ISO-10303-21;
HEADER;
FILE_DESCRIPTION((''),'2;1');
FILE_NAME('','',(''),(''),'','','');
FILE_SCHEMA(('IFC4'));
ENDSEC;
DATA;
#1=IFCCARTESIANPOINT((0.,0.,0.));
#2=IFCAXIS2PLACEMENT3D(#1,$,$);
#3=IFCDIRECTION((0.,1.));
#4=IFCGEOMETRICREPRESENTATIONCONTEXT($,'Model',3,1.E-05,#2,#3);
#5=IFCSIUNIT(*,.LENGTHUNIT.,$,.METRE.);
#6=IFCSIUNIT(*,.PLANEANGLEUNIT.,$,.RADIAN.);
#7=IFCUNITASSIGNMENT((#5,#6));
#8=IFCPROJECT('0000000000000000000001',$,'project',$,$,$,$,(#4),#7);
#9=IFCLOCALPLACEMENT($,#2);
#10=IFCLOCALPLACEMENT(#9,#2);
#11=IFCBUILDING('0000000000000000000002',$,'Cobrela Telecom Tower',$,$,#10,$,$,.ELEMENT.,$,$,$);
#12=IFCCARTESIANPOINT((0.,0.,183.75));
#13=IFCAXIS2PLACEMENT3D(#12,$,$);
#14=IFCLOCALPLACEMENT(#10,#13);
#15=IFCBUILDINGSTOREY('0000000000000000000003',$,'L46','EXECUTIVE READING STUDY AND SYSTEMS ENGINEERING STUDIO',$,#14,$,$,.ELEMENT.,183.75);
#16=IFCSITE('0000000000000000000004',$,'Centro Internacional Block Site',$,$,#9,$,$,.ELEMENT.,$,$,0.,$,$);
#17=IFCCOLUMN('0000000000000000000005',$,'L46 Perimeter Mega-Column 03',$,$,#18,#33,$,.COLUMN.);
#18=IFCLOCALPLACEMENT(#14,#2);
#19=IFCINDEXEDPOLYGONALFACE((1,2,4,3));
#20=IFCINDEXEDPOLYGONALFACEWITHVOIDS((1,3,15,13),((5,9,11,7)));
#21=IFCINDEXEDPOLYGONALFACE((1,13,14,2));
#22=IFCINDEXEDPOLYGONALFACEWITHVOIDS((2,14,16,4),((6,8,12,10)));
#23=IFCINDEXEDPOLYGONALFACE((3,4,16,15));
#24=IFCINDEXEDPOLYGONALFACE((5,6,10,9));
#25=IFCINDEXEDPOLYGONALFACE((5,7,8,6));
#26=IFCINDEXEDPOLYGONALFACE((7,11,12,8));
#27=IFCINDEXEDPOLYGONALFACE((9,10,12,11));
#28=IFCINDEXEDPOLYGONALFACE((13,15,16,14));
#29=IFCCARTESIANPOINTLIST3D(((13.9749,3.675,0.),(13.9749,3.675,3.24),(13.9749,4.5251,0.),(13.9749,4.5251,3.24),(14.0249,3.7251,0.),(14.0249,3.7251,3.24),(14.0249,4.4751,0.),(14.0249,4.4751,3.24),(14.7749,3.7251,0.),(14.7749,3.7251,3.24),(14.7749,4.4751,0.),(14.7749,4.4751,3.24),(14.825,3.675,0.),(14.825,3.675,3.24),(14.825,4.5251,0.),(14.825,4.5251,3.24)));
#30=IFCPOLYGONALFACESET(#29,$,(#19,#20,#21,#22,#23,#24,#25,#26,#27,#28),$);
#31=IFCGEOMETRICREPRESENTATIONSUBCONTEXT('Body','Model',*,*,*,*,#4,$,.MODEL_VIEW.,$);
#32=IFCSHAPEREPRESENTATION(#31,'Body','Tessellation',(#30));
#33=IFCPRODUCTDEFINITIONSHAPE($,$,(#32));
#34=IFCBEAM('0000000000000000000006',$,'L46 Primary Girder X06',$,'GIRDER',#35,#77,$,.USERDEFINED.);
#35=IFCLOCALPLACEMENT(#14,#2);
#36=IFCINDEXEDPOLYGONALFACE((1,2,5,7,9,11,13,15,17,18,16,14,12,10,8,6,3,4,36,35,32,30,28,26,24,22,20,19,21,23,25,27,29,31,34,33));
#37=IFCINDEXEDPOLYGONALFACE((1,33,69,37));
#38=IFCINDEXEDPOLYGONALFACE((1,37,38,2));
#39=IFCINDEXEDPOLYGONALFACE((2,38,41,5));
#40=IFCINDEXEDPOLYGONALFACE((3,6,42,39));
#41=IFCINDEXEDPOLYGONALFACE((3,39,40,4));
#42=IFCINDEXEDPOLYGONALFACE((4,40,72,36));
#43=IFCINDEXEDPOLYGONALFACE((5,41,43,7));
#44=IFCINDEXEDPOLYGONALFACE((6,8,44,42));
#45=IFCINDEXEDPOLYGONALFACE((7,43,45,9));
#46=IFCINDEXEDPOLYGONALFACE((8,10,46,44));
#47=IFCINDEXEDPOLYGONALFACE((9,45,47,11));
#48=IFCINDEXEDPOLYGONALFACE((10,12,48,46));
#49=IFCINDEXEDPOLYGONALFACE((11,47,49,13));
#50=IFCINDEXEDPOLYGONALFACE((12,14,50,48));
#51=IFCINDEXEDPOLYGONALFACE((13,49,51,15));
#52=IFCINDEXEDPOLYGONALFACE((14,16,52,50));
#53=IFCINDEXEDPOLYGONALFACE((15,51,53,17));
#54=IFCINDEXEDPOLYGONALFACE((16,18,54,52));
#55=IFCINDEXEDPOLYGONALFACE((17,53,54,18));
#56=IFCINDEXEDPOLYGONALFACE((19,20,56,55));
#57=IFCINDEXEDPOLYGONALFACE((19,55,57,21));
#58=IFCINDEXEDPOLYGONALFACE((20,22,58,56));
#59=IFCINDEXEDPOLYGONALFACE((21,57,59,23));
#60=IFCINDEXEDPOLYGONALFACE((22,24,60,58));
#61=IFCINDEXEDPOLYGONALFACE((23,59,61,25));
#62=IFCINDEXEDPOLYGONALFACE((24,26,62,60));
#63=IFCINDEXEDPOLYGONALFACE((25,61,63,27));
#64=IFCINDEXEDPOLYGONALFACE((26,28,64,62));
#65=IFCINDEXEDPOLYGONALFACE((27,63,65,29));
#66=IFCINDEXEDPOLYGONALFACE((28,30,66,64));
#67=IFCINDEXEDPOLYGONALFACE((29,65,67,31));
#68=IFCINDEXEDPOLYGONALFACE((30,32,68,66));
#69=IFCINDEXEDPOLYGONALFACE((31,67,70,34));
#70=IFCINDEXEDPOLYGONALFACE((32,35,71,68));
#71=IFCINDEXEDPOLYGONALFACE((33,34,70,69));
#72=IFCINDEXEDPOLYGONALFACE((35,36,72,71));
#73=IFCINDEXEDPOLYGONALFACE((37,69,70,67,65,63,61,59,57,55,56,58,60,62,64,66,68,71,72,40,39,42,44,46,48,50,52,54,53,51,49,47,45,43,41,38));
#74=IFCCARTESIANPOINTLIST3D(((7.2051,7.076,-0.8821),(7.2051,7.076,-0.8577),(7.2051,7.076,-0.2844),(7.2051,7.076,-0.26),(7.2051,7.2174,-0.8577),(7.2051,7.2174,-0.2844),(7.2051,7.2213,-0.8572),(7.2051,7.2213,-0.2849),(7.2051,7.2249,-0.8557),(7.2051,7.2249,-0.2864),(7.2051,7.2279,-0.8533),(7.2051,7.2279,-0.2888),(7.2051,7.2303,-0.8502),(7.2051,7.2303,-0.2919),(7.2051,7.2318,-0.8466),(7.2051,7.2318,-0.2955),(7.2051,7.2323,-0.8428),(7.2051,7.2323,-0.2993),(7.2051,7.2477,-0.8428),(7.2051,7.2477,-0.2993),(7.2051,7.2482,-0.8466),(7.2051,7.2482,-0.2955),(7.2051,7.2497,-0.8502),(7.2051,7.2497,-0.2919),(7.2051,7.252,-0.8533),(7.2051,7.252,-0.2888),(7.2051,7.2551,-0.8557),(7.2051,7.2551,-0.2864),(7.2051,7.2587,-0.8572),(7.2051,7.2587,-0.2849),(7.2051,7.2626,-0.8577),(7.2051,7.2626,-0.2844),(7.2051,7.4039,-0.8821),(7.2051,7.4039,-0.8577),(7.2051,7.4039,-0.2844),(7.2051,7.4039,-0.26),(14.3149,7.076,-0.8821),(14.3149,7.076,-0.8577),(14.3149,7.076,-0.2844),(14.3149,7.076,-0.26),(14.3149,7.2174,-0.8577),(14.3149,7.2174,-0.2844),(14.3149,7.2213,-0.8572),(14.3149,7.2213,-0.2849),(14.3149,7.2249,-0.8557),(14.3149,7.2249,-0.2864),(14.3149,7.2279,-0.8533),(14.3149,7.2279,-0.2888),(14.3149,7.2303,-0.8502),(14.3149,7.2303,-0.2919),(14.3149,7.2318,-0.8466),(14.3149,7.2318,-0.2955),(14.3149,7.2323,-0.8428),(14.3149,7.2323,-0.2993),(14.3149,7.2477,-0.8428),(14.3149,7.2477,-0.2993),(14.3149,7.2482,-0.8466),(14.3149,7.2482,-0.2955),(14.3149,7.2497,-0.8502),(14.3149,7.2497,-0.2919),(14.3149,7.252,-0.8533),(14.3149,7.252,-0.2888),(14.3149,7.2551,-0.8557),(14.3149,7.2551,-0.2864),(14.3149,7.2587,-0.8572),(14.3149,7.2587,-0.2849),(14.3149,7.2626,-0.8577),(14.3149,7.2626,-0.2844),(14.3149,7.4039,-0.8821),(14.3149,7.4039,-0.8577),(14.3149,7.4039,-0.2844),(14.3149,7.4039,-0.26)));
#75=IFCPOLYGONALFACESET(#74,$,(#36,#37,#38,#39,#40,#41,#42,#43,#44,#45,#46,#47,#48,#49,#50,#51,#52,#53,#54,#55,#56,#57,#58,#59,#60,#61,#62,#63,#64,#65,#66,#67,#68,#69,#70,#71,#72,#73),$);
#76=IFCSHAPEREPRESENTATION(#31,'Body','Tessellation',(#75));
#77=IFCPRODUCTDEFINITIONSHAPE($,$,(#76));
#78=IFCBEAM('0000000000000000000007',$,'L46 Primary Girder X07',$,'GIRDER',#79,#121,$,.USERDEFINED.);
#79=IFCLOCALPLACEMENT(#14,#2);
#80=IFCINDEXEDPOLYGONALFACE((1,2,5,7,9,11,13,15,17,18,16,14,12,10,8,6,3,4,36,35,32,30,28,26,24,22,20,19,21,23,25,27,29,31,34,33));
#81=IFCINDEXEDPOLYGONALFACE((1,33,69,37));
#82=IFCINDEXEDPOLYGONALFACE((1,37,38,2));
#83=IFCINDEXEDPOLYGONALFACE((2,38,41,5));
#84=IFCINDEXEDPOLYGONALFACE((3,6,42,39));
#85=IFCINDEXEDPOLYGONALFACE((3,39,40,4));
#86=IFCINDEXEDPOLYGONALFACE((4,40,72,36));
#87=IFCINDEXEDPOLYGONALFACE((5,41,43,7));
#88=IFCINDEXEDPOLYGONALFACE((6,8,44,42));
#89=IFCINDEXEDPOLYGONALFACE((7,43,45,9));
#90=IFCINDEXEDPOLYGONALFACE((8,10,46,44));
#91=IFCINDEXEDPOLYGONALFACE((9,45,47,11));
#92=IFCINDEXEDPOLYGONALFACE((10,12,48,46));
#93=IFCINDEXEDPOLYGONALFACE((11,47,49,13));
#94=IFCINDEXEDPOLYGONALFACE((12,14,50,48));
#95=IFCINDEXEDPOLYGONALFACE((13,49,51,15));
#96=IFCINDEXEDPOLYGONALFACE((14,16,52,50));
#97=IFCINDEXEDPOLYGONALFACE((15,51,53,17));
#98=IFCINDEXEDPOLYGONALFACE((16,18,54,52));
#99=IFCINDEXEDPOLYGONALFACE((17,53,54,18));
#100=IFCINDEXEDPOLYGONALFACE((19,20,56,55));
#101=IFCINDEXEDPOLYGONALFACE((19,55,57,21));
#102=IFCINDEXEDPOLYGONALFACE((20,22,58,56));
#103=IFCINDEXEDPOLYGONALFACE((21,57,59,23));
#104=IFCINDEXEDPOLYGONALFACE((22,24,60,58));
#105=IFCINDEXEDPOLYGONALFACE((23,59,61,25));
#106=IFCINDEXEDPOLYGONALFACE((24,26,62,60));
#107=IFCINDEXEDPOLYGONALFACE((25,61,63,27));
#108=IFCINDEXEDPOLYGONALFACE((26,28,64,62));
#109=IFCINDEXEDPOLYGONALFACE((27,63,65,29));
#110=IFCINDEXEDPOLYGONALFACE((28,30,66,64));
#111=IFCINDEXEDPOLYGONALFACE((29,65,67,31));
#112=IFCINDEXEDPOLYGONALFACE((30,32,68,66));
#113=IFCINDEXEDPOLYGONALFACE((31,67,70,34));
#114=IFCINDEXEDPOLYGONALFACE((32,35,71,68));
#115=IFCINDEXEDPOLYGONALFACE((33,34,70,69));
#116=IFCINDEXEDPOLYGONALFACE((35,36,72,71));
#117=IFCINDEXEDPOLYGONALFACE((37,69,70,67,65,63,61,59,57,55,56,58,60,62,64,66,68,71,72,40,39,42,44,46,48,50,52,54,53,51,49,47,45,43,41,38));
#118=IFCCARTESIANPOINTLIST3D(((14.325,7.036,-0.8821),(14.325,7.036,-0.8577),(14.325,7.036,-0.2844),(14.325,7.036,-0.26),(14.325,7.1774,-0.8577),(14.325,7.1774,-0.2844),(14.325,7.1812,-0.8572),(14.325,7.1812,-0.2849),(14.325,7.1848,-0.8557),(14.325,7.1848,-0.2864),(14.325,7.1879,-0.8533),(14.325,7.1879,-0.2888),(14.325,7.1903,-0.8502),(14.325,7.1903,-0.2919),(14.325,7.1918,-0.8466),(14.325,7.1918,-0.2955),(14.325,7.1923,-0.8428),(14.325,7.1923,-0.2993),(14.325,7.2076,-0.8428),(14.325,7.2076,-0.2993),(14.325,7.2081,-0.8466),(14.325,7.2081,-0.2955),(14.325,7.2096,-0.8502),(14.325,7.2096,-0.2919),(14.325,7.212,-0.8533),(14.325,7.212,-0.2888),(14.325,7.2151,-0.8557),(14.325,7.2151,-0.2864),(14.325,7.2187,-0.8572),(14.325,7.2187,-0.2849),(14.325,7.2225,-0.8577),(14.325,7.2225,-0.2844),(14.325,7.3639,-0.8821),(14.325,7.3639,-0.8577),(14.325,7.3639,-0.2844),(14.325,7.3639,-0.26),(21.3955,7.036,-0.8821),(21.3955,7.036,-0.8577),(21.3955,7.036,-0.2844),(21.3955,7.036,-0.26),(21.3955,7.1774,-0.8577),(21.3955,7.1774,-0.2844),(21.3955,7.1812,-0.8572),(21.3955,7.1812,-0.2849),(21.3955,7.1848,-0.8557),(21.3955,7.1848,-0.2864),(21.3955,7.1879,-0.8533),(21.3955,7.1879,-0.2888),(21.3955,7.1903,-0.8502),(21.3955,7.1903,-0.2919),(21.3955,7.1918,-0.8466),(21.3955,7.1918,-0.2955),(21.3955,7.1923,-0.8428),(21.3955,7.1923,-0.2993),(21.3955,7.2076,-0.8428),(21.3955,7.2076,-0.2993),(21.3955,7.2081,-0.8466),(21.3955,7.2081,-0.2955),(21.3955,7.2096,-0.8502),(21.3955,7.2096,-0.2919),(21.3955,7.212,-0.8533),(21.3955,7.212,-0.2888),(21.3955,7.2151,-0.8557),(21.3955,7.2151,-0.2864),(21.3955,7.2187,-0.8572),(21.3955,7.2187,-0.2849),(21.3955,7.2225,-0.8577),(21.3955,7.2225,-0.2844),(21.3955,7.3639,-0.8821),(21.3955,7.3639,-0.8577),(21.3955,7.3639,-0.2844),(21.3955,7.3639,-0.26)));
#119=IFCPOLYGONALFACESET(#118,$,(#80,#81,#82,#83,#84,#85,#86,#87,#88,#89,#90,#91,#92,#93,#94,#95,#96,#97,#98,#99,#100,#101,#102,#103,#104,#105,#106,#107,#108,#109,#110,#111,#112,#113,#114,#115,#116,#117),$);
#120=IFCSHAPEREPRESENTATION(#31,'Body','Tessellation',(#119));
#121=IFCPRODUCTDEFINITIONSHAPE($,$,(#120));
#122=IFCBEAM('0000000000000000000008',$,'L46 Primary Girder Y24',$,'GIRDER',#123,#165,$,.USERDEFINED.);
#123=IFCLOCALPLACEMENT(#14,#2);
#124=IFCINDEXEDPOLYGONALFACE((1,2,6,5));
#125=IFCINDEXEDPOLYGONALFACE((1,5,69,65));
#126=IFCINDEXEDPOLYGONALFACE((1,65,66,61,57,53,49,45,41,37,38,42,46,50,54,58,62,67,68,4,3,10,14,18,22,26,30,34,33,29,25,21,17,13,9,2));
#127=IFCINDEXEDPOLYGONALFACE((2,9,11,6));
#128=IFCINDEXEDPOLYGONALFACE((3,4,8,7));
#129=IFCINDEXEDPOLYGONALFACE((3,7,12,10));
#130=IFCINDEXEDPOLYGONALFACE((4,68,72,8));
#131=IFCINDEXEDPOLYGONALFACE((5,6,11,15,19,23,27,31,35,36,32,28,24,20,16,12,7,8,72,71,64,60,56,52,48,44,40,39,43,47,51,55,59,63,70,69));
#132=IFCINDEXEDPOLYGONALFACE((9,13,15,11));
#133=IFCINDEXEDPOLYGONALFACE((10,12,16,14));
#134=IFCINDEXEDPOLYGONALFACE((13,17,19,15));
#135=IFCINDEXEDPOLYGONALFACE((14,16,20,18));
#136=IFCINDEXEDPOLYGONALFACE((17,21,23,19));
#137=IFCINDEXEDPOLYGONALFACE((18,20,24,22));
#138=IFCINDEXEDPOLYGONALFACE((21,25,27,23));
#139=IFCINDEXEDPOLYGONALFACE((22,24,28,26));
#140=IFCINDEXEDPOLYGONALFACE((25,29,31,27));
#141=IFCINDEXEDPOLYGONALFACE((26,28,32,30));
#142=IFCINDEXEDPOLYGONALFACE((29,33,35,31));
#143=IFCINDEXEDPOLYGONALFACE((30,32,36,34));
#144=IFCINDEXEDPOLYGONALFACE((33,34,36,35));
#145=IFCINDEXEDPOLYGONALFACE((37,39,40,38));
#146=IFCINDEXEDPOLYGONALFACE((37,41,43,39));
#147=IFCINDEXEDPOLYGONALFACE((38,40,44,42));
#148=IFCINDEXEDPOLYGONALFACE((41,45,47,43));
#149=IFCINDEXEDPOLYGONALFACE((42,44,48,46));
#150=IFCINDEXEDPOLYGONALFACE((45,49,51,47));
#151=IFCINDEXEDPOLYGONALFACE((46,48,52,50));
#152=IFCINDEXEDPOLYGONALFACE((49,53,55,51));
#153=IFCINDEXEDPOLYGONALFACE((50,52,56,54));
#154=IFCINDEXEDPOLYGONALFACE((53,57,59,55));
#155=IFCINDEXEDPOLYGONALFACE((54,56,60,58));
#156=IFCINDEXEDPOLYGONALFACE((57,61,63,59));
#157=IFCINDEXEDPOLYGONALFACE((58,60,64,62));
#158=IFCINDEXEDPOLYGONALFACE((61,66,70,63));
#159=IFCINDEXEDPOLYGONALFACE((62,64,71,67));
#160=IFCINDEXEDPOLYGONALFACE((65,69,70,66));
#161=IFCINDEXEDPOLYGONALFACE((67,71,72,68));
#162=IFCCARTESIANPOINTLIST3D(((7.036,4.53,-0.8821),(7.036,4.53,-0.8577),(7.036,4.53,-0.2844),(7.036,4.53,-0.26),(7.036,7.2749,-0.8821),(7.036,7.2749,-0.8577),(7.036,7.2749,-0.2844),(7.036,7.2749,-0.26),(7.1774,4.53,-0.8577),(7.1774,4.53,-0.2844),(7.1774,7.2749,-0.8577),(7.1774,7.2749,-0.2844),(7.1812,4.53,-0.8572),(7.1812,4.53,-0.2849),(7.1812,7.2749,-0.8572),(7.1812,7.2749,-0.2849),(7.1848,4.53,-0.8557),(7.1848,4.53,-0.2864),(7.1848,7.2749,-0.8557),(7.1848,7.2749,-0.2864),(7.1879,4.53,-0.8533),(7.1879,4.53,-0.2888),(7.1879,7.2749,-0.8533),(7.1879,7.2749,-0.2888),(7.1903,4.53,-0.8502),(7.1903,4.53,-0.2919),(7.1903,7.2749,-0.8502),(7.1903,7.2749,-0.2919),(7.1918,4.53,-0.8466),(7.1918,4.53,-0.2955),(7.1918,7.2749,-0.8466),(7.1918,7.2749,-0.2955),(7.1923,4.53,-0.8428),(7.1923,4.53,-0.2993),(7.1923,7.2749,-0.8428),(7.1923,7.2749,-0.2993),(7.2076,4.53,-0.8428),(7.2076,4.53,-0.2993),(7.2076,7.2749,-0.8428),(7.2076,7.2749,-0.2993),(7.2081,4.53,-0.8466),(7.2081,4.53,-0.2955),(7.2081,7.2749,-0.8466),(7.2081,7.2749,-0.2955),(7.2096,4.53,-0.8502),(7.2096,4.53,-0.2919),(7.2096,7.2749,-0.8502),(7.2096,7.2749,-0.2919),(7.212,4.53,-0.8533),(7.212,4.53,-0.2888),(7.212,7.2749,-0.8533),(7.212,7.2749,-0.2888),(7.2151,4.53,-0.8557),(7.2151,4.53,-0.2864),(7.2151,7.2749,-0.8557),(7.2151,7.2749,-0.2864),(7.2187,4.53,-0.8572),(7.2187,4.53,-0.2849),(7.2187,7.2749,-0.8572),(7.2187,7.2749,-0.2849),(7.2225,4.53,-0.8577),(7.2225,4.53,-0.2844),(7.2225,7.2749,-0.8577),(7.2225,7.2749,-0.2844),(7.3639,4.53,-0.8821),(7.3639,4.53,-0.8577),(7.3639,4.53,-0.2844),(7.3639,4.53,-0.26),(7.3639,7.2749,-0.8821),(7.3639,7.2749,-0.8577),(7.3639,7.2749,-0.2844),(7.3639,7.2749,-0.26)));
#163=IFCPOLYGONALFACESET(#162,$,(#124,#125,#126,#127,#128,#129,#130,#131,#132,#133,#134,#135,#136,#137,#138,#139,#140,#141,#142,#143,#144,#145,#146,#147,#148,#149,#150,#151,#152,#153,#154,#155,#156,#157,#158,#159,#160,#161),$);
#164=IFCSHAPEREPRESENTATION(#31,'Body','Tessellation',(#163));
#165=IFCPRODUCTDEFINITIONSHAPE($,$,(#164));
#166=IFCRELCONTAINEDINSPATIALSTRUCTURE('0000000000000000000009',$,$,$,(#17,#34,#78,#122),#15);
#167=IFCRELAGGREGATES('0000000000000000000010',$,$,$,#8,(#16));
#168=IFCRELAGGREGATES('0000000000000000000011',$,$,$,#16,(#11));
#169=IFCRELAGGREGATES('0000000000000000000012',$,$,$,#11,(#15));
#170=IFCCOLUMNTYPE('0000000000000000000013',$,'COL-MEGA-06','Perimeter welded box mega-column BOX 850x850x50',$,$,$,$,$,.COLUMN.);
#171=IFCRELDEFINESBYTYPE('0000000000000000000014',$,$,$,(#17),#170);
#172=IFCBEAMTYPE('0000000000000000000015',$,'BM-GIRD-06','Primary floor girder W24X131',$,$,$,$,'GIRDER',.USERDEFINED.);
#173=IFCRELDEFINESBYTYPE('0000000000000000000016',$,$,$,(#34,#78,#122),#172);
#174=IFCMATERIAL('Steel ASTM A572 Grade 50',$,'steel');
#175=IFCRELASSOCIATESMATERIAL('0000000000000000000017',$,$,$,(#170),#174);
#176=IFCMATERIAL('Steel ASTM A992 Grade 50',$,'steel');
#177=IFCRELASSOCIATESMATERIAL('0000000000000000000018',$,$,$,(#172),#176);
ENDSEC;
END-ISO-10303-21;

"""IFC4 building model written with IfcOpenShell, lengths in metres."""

from ifc_helpers import new_model, si_unit, direction, frame, origin, origin_2d, place, context, subcontext, project, spatial, hollow_rectangle, i_section, extrude, material, material_profile, profile_set, type_object, element, save


model = new_model("IFC4")

# Units and contexts
model_context = context("Model", 3, precision=1e-05, world=origin(), true_north=direction((0.0, 1.0)))
body_context = subcontext(model_context, "Body", "Model", "MODEL_VIEW")
ifc_project = project(units=[si_unit("LENGTHUNIT", "METRE"), si_unit("PLANEANGLEUNIT", "RADIAN")], contexts=[model_context])

# Site, building, storey
site_placement = place(None, origin())
site = spatial("IfcSite", under=ifc_project, at=site_placement, Name="Centro Internacional Block Site", CompositionType="ELEMENT", RefElevation=0.0)
building_placement = place(site_placement, origin())
building = spatial("IfcBuilding", under=site, at=building_placement, Name="Cobrela Telecom Tower", CompositionType="ELEMENT")
storey_placement = place(building_placement, frame((0.0, 0.0, 183.75)))
storey = spatial("IfcBuildingStorey", under=building, at=storey_placement, Name="L46", Description="EXECUTIVE READING STUDY AND SYSTEMS ENGINEERING STUDIO", CompositionType="ELEMENT", Elevation=183.75)

# Column
ifc_material_1 = material(Name="Steel ASTM A572 Grade 50", Category="steel")
ifc_material_profile_1 = material_profile(ifc_material_1, hollow_rectangle(XDim=0.8501, YDim=0.8501, WallThickness=0.05, at=origin_2d()), Name="BOX 850x850x50")
ifc_profile_set_1 = profile_set([ifc_material_profile_1], Name="Steel ASTM A572 Grade 50")
column_type = type_object("IfcColumnType", Name="COL-MEGA-06", Description="Perimeter welded box mega-column BOX 850x850x50", PredefinedType="COLUMN", material=ifc_profile_set_1)
column_placement = place(storey_placement, frame((14.3999, 4.1001, 0.0), z_axis=(0.0, 0.0, 1.0), x_axis=(1.0, 0.0, 0.0)))
element("IfcColumn", 1, at=column_placement, inside=storey, type_object=column_type, Name="L46 Perimeter Mega-Column 03", PredefinedType="COLUMN", context=body_context, shape_type="SweptSolid", body=[
    extrude(hollow_rectangle(XDim=0.8501, YDim=0.8501, WallThickness=0.05, at=origin_2d()), origin(), (0.0, 0.0, 1.0), 3.24),
])

# Beams
ifc_material_2 = material(Name="Steel ASTM A992 Grade 50", Category="steel")
ifc_material_profile_2 = material_profile(ifc_material_2, i_section(OverallWidth=0.3279, OverallDepth=0.6221, WebThickness=0.0154, FlangeThickness=0.0244, FilletRadius=0.0149, at=origin_2d()), Name="W24X131")
ifc_profile_set_2 = profile_set([ifc_material_profile_2], Name="Steel ASTM A992 Grade 50")
beam_type_1 = type_object("IfcBeamType", Name="BM-GIRD-06", Description="Primary floor girder W24X131", ElementType="GIRDER", PredefinedType="USERDEFINED", material=ifc_profile_set_2)
beam_1_placement = place(storey_placement, frame((7.2051, 7.24, -0.571), z_axis=(1.0, 0.0, 0.0), x_axis=(0.0, 1.0, 0.0)))
element("IfcBeam", 2, at=beam_1_placement, inside=storey, type_object=beam_type_1, Name="L46 Primary Girder X06", ObjectType="GIRDER", PredefinedType="USERDEFINED", context=body_context, shape_type="SweptSolid", body=[
    extrude(i_section(OverallWidth=0.3279, OverallDepth=0.6221, WebThickness=0.0154, FlangeThickness=0.0244, FilletRadius=0.0149, at=origin_2d()), origin(), (0.0, 0.0, 1.0), 7.1099),
])
beam_2_placement = place(storey_placement, frame((14.325, 7.2, -0.571), z_axis=(1.0, 0.0, 0.0), x_axis=(0.0, 1.0, 0.0)))
element("IfcBeam", 3, at=beam_2_placement, inside=storey, type_object=beam_type_1, Name="L46 Primary Girder X07", ObjectType="GIRDER", PredefinedType="USERDEFINED", context=body_context, shape_type="SweptSolid", body=[
    extrude(i_section(OverallWidth=0.3279, OverallDepth=0.6221, WebThickness=0.0154, FlangeThickness=0.0244, FilletRadius=0.0149, at=origin_2d()), origin(), (0.0, 0.0, 1.0), 7.0706),
])
beam_3_placement = place(storey_placement, frame((7.2, 4.53, -0.571), z_axis=(0.0, 1.0, 0.0), x_axis=(-1.0, 0.0, 0.0)))
element("IfcBeam", 4, at=beam_3_placement, inside=storey, type_object=beam_type_1, Name="L46 Primary Girder Y24", ObjectType="GIRDER", PredefinedType="USERDEFINED", context=body_context, shape_type="SweptSolid", body=[
    extrude(i_section(OverallWidth=0.3279, OverallDepth=0.6221, WebThickness=0.0154, FlangeThickness=0.0244, FilletRadius=0.0149, at=origin_2d()), origin(), (0.0, 0.0, 1.0), 2.7449),
])

save(model, "model.ifc")
